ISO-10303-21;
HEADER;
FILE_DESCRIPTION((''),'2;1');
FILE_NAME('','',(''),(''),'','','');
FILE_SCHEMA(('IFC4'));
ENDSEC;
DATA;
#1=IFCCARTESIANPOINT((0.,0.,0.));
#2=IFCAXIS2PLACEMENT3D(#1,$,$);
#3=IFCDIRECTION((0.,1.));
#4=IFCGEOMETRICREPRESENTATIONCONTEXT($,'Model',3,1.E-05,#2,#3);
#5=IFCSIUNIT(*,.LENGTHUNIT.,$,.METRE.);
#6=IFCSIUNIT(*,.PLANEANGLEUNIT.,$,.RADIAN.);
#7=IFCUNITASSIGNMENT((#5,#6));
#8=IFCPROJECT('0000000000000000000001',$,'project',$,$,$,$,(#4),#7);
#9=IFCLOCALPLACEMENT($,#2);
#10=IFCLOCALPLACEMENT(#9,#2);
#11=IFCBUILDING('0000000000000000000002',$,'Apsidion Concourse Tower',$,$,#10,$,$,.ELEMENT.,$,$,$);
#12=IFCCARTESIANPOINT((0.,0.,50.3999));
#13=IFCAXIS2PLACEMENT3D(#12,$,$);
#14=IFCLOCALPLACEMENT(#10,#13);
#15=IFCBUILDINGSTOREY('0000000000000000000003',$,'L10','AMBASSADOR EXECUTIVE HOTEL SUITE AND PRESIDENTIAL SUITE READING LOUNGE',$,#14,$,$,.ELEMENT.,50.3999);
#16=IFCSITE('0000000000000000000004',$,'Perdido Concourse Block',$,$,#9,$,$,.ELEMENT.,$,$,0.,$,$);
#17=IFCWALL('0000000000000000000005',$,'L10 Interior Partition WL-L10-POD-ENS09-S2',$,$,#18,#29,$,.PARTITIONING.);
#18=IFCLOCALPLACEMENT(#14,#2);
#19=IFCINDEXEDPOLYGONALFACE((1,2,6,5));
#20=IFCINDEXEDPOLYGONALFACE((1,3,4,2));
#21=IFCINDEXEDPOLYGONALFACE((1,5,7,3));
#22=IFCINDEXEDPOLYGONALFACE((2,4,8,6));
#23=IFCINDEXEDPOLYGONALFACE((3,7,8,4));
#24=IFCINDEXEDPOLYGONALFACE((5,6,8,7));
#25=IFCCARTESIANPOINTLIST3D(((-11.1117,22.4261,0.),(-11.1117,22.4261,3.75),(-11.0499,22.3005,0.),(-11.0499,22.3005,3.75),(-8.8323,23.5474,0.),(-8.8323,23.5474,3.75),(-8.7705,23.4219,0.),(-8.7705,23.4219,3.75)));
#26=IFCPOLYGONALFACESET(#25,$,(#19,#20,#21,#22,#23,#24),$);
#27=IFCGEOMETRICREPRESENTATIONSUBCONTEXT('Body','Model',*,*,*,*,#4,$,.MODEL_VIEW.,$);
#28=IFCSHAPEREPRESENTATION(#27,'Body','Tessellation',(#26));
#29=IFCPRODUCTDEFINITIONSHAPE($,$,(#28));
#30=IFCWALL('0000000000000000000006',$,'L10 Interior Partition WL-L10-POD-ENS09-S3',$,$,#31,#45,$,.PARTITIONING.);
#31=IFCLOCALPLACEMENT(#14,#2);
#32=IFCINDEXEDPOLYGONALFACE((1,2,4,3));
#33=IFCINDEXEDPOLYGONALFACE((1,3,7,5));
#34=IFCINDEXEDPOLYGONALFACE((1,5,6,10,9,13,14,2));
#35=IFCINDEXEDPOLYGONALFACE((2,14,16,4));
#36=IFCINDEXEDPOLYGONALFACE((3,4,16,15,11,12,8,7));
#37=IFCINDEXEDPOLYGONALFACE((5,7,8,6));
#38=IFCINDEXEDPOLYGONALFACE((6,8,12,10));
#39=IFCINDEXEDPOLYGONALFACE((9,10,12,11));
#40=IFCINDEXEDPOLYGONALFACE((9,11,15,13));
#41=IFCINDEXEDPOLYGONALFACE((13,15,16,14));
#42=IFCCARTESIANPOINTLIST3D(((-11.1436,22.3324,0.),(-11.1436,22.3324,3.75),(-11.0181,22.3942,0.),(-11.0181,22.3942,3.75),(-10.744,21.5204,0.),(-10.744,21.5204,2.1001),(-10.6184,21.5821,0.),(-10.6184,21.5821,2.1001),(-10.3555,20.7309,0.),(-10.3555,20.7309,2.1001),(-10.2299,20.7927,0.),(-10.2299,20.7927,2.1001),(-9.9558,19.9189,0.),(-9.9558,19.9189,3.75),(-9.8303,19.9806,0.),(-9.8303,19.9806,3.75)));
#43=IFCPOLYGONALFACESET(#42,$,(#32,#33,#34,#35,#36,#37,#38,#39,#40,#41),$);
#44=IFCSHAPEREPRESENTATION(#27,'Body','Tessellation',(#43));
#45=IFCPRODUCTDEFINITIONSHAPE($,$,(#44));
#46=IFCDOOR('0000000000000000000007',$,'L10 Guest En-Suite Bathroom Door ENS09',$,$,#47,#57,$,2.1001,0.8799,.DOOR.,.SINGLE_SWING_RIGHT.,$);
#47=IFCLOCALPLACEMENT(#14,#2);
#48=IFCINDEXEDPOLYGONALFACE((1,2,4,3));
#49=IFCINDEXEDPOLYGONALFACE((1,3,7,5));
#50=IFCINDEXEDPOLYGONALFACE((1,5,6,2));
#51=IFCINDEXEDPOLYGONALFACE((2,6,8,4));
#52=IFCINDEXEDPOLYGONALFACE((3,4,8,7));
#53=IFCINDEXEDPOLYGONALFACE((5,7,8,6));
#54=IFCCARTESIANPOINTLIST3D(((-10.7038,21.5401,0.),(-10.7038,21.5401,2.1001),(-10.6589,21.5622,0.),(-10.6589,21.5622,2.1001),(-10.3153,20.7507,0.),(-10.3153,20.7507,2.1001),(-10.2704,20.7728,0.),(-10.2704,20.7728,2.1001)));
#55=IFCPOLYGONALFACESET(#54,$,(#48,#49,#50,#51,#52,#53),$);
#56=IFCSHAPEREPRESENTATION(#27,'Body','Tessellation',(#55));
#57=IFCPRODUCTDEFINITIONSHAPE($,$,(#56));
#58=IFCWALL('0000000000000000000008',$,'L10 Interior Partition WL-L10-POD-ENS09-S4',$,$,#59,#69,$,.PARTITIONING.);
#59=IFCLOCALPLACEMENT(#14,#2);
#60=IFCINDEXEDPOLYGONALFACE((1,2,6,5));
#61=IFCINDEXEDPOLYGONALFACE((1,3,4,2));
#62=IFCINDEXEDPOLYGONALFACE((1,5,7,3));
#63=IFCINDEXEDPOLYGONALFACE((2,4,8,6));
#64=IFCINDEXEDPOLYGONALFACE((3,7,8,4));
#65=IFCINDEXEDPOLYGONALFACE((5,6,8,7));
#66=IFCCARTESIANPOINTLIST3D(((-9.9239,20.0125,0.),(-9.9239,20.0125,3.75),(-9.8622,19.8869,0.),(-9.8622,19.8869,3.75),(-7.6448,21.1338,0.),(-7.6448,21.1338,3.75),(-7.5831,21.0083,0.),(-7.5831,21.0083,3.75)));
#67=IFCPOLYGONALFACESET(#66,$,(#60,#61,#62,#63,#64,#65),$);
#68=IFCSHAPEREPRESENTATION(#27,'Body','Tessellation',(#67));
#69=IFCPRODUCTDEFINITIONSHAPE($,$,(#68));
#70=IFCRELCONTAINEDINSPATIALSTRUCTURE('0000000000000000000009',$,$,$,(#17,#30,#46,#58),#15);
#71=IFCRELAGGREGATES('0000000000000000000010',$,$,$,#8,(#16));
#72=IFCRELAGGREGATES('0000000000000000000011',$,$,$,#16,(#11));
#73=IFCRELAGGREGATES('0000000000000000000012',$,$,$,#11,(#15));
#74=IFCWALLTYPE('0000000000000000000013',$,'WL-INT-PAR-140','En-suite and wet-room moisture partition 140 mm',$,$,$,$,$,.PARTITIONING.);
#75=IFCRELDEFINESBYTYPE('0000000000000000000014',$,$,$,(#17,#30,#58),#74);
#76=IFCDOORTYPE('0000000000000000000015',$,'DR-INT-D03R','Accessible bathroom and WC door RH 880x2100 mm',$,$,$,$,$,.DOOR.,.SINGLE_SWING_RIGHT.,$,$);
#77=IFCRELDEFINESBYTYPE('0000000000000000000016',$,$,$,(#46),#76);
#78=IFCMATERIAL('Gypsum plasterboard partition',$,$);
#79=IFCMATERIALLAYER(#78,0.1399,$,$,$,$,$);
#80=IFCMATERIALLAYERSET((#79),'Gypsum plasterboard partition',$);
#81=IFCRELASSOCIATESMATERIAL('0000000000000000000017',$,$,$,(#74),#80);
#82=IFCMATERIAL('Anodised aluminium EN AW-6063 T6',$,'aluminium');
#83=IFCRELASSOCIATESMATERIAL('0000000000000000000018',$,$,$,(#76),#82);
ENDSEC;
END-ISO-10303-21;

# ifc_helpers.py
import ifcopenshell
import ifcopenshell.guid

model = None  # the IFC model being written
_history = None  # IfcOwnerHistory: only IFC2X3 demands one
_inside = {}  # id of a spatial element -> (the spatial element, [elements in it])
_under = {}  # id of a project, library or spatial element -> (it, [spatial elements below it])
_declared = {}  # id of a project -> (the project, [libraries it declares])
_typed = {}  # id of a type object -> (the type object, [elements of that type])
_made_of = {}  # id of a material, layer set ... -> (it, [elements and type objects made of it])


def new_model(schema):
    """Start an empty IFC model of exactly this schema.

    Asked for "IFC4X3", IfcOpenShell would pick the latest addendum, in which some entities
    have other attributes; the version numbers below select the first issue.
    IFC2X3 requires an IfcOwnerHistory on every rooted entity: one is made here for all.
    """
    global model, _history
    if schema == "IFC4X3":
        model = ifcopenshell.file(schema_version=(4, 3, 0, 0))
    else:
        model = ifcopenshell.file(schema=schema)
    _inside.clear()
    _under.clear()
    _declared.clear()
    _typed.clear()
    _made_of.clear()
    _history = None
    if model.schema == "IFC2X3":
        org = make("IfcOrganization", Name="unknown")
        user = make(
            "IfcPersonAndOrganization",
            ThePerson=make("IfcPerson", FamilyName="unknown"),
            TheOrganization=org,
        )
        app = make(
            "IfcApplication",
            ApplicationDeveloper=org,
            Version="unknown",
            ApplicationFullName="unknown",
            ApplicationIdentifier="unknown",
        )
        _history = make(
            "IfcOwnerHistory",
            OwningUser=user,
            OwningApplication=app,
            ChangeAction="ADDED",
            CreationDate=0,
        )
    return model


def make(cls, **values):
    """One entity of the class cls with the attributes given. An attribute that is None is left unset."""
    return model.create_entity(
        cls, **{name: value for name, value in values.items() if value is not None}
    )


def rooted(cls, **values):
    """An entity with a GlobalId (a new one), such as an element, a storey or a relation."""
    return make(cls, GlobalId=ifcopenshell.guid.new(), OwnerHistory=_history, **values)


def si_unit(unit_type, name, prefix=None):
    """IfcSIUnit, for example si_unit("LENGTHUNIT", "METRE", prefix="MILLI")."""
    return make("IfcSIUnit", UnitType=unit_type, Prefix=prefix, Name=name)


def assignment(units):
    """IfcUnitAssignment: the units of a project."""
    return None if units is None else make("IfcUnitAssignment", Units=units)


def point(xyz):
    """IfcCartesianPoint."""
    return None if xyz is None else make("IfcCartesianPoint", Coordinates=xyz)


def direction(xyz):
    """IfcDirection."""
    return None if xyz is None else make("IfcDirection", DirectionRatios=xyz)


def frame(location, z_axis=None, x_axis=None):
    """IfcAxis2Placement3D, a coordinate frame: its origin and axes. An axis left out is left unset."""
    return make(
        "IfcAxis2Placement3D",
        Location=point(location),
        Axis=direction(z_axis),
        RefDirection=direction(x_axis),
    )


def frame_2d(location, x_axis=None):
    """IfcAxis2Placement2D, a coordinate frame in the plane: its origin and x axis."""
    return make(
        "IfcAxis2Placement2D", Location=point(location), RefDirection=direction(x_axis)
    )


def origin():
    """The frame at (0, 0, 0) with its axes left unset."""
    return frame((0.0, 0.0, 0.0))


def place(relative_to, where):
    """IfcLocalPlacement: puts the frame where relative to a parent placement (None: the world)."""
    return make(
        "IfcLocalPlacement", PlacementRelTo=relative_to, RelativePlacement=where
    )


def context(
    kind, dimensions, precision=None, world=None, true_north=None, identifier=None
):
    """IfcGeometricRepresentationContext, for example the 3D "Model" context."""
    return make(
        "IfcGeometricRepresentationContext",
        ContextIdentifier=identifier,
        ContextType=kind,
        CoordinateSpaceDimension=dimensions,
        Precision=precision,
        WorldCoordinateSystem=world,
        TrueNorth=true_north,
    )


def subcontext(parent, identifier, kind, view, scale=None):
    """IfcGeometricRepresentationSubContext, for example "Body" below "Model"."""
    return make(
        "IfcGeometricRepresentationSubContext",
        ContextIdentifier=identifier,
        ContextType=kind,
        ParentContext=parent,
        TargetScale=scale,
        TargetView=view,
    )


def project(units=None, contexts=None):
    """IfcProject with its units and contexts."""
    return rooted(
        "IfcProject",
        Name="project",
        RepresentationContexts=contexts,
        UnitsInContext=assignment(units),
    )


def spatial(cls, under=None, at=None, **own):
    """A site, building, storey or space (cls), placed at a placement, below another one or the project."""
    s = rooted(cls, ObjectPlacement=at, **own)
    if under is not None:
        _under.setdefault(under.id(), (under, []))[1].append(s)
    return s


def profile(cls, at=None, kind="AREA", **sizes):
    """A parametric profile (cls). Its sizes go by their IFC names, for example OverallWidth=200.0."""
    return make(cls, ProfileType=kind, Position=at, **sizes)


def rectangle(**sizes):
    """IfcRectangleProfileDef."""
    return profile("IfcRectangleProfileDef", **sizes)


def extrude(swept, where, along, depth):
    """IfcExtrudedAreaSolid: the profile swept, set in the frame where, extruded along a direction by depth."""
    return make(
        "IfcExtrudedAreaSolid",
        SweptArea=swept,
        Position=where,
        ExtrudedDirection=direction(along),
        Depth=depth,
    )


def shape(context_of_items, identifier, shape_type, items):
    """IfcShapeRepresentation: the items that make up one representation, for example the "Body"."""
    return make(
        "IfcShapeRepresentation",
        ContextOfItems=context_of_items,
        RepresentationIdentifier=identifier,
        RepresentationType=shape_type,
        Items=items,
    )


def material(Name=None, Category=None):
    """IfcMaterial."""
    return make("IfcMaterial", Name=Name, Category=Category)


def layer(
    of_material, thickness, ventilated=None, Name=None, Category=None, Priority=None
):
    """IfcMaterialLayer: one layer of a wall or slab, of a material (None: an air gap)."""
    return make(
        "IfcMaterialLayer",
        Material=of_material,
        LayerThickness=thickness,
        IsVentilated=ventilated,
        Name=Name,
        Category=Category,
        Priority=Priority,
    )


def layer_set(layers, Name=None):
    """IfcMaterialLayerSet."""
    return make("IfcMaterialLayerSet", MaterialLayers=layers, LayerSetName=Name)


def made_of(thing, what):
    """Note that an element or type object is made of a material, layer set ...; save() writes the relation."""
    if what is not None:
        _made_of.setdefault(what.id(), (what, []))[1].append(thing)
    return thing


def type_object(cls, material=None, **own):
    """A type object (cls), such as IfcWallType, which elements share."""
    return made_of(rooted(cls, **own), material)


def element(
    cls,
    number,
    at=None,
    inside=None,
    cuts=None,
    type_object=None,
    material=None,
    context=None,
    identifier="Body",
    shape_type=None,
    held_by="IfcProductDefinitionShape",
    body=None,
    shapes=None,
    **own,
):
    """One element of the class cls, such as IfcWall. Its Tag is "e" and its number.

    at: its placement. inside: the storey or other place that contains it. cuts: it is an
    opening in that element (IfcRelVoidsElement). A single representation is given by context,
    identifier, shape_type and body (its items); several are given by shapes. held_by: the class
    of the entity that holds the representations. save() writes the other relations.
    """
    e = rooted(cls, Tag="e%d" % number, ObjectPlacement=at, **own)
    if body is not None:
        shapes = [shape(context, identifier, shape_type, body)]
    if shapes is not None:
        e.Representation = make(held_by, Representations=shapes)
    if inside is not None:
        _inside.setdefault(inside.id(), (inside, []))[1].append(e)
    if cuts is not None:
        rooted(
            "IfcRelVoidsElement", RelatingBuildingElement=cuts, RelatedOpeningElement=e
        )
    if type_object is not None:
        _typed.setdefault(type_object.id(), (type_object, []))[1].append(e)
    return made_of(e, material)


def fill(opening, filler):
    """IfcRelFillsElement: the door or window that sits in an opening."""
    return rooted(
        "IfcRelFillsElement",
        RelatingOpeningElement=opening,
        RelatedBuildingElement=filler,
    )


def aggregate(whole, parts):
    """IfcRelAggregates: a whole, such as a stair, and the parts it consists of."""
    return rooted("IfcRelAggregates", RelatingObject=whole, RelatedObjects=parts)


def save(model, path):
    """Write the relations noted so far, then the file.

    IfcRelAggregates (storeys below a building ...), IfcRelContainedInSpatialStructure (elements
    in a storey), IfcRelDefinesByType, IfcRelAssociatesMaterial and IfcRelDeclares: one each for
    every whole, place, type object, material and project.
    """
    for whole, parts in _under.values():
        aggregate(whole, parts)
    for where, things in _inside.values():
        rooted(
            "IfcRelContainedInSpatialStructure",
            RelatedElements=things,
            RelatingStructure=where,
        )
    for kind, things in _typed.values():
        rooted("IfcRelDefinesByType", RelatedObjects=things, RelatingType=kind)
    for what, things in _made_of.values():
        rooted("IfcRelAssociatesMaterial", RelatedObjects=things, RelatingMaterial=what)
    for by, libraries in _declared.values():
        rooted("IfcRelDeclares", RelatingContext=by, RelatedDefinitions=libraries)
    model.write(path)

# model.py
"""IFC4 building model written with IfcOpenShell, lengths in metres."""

from ifc_helpers import new_model, si_unit, direction, frame, frame_2d, origin, place, context, subcontext, project, spatial, rectangle, extrude, material, layer, layer_set, type_object, element, fill, save


model = new_model("IFC4")

# Units and contexts
model_context = context("Model", 3, precision=1e-05, world=origin(), true_north=direction((0.0, 1.0)))
body_context = subcontext(model_context, "Body", "Model", "MODEL_VIEW")
ifc_project = project(units=[si_unit("LENGTHUNIT", "METRE"), si_unit("PLANEANGLEUNIT", "RADIAN")], contexts=[model_context])

# Site, building, storey
site_placement = place(None, origin())
site = spatial("IfcSite", under=ifc_project, at=site_placement, Name="Perdido Concourse Block", CompositionType="ELEMENT", RefElevation=0.0)
building_placement = place(site_placement, origin())
building = spatial("IfcBuilding", under=site, at=building_placement, Name="Apsidion Concourse Tower", CompositionType="ELEMENT")
storey_placement = place(building_placement, frame((0.0, 0.0, 50.3999)))
storey = spatial("IfcBuildingStorey", under=building, at=storey_placement, Name="L10", Description="AMBASSADOR EXECUTIVE HOTEL SUITE AND PRESIDENTIAL SUITE READING LOUNGE", CompositionType="ELEMENT", Elevation=50.3999)

# Shared definitions
ifc_material_1 = material(Name="Gypsum plasterboard partition")
ifc_layer_1 = layer(ifc_material_1, 0.1399)
ifc_layer_set_1 = layer_set([ifc_layer_1], Name="Gypsum plasterboard partition")
wall_type_1 = type_object("IfcWallType", Name="WL-INT-PAR-140", Description="En-suite and wet-room moisture partition 140 mm", PredefinedType="PARTITIONING", material=ifc_layer_set_1)
ifc_material_2 = material(Name="Anodised aluminium EN AW-6063 T6", Category="aluminium")

# Wall
wall_1_placement = place(storey_placement, frame((-8.8015, 23.4846, 0.0), z_axis=(0.0, 0.0, 1.0), x_axis=(-0.897292, -0.441438, 0.0)))
element("IfcWall", 1, at=wall_1_placement, inside=storey, type_object=wall_type_1, Name="L10 Interior Partition WL-L10-POD-ENS09-S2", PredefinedType="PARTITIONING", context=body_context, shape_type="SweptSolid", body=[
    extrude(rectangle(XDim=2.5403, YDim=0.1399, at=frame_2d((1.27, 0.0))), origin(), (0.0, 0.0, 1.0), 3.75),
])

# Wall, opening, door
wall_2_placement = place(storey_placement, frame((-11.0808, 22.3633, 0.0), z_axis=(0.0, 0.0, 1.0), x_axis=(0.441541, -0.897241, 0.0)))
wall_2 = element("IfcWall", 2, at=wall_2_placement, inside=storey, type_object=wall_type_1, Name="L10 Interior Partition WL-L10-POD-ENS09-S3", PredefinedType="PARTITIONING", context=body_context, shape_type="SweptSolid", body=[
    extrude(rectangle(XDim=2.6899, YDim=0.1399, at=frame_2d((1.345, 0.0))), origin(), (0.0, 0.0, 1.0), 3.75),
])
opening_1_placement = place(wall_2_placement, frame((0.905, 0.0, 0.0)))
opening_1 = element("IfcOpeningElement", 3, at=opening_1_placement, cuts=wall_2, PredefinedType="OPENING", context=body_context, shape_type="SweptSolid", body=[
    extrude(rectangle(XDim=0.8799, YDim=2.1001, at=frame_2d((0.4399, 1.05))), frame((0.0, 0.0801, 0.0), z_axis=(0.0, -1.0, 0.0), x_axis=(1.0, 0.0, 0.0)), (0.0, 0.0, 1.0), 0.1599),
])
door_type_1 = type_object("IfcDoorType", Name="DR-INT-D03R", Description="Accessible bathroom and WC door RH 880x2100 mm", OperationType="SINGLE_SWING_RIGHT", PredefinedType="DOOR", material=ifc_material_2)
door_1_placement = place(opening_1_placement, origin())
door_1 = element("IfcDoor", 4, at=door_1_placement, inside=storey, type_object=door_type_1, Name="L10 Guest En-Suite Bathroom Door ENS09", OperationType="SINGLE_SWING_RIGHT", OverallHeight=2.1001, OverallWidth=0.8799, PredefinedType="DOOR", context=body_context, shape_type="SweptSolid", body=[
    extrude(rectangle(XDim=0.8799, YDim=2.1001, at=frame_2d((0.4399, 1.05))), frame((0.0, 0.0249, 0.0), z_axis=(0.0, -1.0, 0.0), x_axis=(1.0, 0.0, 0.0)), (0.0, 0.0, 1.0), 0.05),
])
fill(opening_1, door_1)

# Wall
wall_3_placement = place(storey_placement, frame((-9.8931, 19.9497, 0.0), z_axis=(0.0, 0.0, 1.0), x_axis=(0.897273, 0.441476, 0.0)))
element("IfcWall", 5, at=wall_3_placement, inside=storey, type_object=wall_type_1, Name="L10 Interior Partition WL-L10-POD-ENS09-S4", PredefinedType="PARTITIONING", context=body_context, shape_type="SweptSolid", body=[
    extrude(rectangle(XDim=2.54, YDim=0.1399, at=frame_2d((1.27, 0.0))), origin(), (0.0, 0.0, 1.0), 3.75),
])

save(model, "model.ifc")
